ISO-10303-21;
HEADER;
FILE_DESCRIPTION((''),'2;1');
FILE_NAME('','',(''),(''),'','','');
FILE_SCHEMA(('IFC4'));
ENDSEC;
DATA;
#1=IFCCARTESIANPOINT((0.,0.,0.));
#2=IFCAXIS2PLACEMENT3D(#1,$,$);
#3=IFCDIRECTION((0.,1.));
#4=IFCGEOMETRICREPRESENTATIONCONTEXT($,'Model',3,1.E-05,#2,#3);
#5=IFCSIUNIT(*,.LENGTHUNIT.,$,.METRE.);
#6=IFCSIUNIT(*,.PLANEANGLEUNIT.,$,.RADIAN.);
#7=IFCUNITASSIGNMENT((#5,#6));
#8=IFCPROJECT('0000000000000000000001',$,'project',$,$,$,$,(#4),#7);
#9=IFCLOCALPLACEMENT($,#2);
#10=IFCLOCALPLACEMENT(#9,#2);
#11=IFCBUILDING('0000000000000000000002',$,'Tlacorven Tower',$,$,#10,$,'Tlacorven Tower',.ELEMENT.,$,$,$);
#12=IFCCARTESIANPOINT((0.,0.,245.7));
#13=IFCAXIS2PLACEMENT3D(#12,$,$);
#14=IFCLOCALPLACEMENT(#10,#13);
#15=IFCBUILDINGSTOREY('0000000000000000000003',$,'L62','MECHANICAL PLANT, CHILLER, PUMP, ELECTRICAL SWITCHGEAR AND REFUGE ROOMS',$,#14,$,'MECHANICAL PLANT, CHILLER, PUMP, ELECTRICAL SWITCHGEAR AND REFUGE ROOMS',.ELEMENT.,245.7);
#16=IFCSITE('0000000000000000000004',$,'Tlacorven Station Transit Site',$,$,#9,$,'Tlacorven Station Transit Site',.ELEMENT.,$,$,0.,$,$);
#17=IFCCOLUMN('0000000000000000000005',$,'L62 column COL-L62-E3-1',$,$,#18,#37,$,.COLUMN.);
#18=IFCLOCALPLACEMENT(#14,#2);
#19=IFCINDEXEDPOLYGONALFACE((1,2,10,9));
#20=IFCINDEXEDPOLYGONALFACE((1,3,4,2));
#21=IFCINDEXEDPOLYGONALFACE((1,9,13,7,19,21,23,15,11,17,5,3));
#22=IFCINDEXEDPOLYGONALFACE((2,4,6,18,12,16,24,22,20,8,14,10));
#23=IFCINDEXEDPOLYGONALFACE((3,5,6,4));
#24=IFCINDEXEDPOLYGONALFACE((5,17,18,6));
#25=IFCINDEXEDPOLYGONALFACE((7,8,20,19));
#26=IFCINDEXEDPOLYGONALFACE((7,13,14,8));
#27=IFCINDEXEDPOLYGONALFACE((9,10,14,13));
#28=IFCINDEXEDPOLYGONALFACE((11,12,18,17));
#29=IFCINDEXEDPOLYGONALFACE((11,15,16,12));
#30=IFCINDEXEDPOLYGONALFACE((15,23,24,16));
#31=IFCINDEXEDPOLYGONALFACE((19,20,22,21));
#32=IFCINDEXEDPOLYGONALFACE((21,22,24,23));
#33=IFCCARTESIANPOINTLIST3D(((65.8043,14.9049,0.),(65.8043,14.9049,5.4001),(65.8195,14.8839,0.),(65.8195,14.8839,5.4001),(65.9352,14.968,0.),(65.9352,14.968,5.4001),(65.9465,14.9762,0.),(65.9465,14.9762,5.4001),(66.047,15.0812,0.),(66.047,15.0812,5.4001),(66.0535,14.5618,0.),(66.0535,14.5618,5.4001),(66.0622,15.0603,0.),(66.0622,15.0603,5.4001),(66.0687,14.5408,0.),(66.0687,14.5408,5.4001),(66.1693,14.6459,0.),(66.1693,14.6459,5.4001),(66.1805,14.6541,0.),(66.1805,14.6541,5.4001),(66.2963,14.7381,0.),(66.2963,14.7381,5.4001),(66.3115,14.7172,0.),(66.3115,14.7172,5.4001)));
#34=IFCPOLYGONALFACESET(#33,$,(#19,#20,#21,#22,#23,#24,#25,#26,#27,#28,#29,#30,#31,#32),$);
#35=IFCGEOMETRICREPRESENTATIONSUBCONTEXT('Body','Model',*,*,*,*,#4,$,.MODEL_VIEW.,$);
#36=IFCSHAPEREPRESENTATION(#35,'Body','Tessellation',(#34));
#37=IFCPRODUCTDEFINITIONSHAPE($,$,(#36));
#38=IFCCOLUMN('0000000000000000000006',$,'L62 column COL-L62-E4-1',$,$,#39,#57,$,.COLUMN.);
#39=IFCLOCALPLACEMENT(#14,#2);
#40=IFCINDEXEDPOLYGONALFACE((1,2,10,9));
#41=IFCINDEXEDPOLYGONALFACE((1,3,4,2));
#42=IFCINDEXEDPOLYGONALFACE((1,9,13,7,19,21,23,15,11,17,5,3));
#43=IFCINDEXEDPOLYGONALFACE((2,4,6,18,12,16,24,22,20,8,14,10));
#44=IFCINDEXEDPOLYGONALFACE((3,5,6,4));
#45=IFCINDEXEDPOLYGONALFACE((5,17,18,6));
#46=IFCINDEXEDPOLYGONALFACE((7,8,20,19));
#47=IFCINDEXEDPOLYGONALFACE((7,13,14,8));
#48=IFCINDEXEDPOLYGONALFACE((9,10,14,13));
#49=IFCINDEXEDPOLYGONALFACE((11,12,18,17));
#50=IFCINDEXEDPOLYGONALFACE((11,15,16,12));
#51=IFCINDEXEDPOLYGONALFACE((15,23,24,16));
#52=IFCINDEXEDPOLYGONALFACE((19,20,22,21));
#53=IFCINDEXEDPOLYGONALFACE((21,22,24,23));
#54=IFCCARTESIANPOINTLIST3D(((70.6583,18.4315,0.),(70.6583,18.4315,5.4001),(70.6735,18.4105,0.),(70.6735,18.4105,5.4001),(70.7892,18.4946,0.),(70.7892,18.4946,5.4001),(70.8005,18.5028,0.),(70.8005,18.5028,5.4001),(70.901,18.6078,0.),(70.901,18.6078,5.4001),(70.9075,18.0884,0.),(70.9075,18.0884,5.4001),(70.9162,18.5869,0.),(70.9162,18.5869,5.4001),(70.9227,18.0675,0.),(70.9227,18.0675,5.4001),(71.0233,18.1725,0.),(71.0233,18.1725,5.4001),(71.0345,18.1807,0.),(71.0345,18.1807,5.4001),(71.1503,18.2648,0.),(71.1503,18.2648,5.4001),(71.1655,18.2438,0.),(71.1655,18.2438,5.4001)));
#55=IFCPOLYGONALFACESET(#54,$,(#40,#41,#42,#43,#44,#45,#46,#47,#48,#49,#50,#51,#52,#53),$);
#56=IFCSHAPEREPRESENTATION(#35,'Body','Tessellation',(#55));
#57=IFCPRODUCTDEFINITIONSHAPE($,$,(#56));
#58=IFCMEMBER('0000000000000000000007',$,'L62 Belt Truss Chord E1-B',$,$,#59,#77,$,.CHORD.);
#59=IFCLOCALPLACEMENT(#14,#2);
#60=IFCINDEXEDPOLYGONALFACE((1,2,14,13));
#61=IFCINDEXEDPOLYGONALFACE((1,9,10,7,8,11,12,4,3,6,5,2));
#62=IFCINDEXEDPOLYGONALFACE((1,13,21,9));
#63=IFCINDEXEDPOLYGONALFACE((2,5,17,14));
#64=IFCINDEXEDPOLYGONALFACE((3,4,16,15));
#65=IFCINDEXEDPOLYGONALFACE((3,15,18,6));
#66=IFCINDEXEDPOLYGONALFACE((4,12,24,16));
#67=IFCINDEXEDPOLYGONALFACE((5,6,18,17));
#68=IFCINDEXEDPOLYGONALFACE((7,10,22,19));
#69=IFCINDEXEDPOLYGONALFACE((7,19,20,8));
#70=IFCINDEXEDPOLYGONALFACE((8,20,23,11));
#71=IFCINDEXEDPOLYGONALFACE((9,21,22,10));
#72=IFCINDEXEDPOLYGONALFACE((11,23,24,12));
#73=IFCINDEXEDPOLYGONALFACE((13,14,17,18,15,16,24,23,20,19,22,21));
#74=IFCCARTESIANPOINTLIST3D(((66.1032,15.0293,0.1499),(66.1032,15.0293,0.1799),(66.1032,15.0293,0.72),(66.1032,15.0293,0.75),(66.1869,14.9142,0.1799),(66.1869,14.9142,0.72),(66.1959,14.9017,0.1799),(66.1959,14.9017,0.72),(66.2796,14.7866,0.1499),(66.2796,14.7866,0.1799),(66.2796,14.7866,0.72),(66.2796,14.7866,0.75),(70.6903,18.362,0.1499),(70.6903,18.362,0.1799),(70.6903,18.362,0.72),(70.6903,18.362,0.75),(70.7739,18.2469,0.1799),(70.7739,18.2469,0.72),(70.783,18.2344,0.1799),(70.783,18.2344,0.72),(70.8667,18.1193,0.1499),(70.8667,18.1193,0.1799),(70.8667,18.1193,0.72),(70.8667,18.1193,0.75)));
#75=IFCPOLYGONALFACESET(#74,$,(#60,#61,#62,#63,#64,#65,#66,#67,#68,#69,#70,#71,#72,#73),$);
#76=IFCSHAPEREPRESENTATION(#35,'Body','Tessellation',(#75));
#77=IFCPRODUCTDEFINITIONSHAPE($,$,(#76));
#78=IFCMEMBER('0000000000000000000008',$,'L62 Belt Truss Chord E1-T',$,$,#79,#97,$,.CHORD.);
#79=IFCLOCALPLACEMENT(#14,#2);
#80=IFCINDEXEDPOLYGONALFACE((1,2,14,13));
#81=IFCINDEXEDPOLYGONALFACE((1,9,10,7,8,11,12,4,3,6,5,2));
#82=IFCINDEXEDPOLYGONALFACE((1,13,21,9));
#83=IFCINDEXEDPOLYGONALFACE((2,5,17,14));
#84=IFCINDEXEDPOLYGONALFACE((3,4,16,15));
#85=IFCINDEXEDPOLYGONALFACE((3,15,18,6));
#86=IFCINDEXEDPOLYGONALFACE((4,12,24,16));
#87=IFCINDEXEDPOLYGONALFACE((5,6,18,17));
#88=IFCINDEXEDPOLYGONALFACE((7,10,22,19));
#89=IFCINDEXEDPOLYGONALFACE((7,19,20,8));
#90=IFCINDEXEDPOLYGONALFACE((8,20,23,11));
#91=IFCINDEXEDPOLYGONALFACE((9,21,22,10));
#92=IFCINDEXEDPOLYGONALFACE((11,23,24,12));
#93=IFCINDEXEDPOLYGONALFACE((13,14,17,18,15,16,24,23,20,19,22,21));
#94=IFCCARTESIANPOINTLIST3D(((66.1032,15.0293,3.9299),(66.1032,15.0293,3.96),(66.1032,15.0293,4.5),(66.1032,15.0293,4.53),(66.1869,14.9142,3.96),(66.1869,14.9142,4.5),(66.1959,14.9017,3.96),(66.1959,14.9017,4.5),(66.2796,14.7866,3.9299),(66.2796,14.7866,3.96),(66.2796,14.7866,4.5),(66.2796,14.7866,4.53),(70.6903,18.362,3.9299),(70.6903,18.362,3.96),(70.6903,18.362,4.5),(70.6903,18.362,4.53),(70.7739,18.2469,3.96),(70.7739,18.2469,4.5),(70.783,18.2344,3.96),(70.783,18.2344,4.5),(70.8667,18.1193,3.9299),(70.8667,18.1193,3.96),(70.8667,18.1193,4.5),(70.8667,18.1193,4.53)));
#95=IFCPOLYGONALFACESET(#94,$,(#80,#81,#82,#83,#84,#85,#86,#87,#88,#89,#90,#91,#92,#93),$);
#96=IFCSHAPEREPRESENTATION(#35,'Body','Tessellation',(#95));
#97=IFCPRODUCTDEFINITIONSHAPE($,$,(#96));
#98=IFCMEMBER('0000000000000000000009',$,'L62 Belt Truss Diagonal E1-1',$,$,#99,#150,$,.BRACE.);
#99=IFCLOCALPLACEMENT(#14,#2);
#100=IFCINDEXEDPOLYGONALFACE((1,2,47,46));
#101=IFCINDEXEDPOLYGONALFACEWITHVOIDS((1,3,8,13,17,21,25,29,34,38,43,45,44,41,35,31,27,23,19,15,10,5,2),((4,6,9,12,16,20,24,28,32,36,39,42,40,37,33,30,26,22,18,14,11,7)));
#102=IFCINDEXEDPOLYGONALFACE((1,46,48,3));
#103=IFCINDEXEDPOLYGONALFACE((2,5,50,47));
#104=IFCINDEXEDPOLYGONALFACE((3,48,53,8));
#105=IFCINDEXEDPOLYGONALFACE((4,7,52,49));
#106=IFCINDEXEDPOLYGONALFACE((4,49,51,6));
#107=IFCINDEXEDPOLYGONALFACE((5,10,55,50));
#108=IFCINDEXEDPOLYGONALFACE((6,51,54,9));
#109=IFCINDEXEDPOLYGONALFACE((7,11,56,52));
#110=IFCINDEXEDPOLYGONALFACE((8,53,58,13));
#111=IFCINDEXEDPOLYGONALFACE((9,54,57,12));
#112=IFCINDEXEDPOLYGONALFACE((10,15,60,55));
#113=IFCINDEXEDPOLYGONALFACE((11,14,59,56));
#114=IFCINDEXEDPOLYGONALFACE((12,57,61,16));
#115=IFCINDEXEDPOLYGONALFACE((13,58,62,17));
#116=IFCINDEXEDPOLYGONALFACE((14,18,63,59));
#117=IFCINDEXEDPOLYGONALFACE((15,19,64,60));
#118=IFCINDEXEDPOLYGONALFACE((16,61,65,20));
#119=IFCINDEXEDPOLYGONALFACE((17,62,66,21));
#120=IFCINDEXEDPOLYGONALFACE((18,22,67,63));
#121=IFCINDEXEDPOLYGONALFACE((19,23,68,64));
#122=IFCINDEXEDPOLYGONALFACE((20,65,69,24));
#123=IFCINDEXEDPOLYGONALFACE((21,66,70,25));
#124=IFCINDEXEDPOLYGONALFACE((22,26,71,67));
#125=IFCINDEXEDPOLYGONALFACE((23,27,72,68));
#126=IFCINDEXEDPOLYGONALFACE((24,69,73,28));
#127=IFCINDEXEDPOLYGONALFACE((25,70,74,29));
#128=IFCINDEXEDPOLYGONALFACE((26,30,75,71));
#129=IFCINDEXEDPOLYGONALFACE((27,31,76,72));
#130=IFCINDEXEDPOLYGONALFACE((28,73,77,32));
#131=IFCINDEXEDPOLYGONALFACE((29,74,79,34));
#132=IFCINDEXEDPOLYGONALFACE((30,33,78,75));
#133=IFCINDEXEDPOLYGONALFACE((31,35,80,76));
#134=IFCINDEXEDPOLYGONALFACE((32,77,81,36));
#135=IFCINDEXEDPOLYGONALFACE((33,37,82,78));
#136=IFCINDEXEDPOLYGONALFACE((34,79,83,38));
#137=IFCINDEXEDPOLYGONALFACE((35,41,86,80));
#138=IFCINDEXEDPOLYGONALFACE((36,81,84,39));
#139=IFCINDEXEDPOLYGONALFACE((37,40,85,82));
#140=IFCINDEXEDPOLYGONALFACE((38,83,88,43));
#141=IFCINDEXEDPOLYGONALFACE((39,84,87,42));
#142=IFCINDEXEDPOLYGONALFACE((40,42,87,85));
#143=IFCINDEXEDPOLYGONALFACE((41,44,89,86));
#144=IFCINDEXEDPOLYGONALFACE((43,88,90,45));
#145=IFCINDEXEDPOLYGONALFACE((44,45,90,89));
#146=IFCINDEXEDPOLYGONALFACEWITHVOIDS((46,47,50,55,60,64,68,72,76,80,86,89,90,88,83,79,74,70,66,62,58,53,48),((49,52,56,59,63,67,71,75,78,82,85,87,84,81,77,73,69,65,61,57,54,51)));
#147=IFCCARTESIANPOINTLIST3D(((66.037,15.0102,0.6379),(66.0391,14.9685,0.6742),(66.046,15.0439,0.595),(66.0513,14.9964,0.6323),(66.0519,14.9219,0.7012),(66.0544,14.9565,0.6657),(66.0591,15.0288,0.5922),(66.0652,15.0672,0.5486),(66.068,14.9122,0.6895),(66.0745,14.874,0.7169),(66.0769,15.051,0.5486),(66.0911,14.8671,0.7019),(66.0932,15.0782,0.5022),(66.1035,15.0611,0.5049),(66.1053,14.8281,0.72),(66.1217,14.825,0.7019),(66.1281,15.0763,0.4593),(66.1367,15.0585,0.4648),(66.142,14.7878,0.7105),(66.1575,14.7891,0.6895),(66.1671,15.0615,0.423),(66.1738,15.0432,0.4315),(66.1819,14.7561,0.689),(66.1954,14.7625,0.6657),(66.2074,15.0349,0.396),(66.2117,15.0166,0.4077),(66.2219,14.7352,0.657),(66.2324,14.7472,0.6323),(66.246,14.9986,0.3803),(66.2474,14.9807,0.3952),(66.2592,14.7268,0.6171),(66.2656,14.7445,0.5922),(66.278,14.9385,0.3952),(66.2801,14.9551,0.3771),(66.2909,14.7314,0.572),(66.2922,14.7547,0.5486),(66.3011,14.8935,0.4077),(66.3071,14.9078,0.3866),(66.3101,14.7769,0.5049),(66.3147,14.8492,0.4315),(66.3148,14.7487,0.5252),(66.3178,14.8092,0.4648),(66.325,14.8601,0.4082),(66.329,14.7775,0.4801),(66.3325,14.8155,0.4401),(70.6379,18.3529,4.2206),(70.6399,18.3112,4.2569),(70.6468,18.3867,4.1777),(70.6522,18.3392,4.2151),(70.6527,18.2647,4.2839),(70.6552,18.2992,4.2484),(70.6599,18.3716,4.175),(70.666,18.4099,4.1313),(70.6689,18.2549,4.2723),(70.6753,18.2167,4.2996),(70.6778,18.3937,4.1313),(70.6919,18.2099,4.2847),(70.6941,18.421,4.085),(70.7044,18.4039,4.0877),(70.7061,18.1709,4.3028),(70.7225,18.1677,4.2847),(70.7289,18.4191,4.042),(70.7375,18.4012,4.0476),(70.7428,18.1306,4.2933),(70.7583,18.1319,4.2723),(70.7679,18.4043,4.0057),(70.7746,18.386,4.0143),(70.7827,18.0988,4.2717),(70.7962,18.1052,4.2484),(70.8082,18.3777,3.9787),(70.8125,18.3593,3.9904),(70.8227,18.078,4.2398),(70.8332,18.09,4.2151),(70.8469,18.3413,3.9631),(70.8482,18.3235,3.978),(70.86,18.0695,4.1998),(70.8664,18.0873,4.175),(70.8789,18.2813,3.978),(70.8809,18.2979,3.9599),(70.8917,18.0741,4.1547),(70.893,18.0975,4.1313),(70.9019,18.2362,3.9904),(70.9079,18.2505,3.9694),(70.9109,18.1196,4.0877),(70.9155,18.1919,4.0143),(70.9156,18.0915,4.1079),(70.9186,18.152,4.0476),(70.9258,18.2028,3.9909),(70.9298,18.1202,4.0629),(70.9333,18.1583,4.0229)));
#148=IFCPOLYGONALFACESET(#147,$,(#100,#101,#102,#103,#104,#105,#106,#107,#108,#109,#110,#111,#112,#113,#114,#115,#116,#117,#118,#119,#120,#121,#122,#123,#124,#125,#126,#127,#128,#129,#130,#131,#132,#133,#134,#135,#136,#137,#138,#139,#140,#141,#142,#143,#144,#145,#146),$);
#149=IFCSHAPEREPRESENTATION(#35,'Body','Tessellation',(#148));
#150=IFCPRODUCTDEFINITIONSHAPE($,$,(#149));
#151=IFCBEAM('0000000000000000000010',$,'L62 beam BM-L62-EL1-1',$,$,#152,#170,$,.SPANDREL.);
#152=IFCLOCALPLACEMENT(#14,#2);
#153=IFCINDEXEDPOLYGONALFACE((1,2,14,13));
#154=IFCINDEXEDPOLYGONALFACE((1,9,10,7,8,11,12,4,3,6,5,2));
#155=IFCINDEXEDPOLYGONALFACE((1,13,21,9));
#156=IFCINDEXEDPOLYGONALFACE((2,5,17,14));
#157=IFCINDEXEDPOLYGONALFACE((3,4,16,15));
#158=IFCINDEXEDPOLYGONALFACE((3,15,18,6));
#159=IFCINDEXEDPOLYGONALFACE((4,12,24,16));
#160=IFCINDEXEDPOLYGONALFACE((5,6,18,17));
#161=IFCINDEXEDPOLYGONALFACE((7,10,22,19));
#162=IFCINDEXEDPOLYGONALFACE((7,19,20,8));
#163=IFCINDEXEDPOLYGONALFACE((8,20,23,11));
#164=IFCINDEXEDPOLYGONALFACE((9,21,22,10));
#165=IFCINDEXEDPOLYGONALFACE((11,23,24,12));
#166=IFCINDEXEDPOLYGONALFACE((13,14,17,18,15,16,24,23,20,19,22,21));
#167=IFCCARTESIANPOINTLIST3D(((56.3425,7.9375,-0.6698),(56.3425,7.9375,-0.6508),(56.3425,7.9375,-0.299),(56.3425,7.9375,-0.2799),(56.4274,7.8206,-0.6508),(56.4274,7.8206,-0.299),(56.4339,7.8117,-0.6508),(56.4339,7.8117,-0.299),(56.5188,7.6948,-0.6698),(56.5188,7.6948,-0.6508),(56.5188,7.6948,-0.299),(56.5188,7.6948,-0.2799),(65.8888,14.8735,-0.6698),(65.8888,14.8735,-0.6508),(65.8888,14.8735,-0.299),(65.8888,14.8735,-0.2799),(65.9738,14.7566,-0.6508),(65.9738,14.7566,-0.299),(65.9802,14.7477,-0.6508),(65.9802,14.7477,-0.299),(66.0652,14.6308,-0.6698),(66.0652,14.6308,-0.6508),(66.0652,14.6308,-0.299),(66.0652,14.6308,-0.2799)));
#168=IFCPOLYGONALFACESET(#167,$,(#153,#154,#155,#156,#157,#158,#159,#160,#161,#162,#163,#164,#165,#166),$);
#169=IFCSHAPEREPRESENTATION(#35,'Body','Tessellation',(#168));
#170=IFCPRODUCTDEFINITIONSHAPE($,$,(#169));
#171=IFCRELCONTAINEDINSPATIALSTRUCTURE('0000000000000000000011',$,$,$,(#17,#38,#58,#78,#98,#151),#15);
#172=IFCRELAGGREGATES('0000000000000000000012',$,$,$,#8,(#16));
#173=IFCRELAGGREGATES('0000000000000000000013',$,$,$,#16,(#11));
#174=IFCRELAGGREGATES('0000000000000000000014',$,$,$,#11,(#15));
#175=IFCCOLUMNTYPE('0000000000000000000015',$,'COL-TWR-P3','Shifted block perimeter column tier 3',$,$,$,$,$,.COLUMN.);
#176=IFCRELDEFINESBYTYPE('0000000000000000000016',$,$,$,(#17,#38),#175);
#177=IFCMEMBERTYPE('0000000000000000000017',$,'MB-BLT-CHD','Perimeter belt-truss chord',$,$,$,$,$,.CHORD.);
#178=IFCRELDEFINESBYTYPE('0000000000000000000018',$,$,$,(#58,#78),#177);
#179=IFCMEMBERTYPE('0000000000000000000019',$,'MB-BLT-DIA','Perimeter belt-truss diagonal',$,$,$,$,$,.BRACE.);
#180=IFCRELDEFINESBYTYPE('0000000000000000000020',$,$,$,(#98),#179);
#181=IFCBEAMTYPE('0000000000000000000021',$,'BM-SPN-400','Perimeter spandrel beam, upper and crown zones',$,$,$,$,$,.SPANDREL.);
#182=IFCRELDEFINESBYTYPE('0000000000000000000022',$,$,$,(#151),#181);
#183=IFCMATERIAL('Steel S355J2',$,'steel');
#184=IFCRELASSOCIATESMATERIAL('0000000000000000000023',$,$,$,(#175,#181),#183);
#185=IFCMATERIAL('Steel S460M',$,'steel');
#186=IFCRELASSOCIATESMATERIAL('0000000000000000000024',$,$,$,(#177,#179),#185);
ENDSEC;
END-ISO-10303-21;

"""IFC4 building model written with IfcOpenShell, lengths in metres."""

from ifc_helpers import new_model, si_unit, direction, frame, origin, origin_2d, place, context, subcontext, project, spatial, hollow_circle, i_section, extrude, source, transform, mapped, material, material_profile, profile_set, type_object, element, save


model = new_model("IFC4")

# Units and contexts
model_context = context("Model", 3, precision=1e-05, world=origin(), true_north=direction((0.0, 1.0)))
body_context = subcontext(model_context, "Body", "Model", "MODEL_VIEW")
ifc_project = project(units=[si_unit("LENGTHUNIT", "METRE"), si_unit("PLANEANGLEUNIT", "RADIAN")], contexts=[model_context])

# Site, building, storey
site_placement = place(None, origin())
site = spatial("IfcSite", under=ifc_project, at=site_placement, Name="Tlacorven Station Transit Site", LongName="Tlacorven Station Transit Site", CompositionType="ELEMENT", RefElevation=0.0)
building_placement = place(site_placement, origin())
building = spatial("IfcBuilding", under=site, at=building_placement, Name="Tlacorven Tower", LongName="Tlacorven Tower", CompositionType="ELEMENT")
storey_placement = place(building_placement, frame((0.0, 0.0, 245.7)))
storey = spatial("IfcBuildingStorey", under=building, at=storey_placement, Name="L62", Description="MECHANICAL PLANT, CHILLER, PUMP, ELECTRICAL SWITCHGEAR AND REFUGE ROOMS", LongName="MECHANICAL PLANT, CHILLER, PUMP, ELECTRICAL SWITCHGEAR AND REFUGE ROOMS", CompositionType="ELEMENT", Elevation=245.7)

# Columns
ifc_material_1 = material(Name="Steel S355J2", Category="steel")
ifc_material_profile_1 = material_profile(ifc_material_1, i_section(OverallWidth=0.3, OverallDepth=0.45, WebThickness=0.0139, FlangeThickness=0.0259, at=origin_2d()), Name="HEB 450")
ifc_profile_set_1 = profile_set([ifc_material_profile_1], Name="Steel S355J2")
column_type = type_object("IfcColumnType", Name="COL-TWR-P3", Description="Shifted block perimeter column tier 3", PredefinedType="COLUMN", material=ifc_profile_set_1)
shared_shape_1 = source(origin(), body_context, "Body", "SweptSolid", [
    extrude(i_section(OverallWidth=0.3, OverallDepth=0.45, WebThickness=0.0139, FlangeThickness=0.0259, at=origin_2d()), origin(), (0.0, 0.0, 1.0), 5.4001),
])
for number, where, z_axis, x_axis, name in (
    (1, (66.0579, 14.811, 0.0), (0.0, 0.0, 1.0), (0.809017, 0.587785, 0.0), "L62 column COL-L62-E3-1"),
    (2, (70.9119, 18.3376, 0.0), (0.0, 0.0, 1.0), (0.809017, 0.587785, 0.0), "L62 column COL-L62-E4-1"),
):
    element("IfcColumn", number, at=place(storey_placement, frame(where, z_axis=z_axis, x_axis=x_axis)), inside=storey, type_object=column_type, Name=name, PredefinedType="COLUMN", context=body_context, shape_type="MappedRepresentation", body=[
        mapped(shared_shape_1, transform((0.0, 0.0, 0.0), scale=1.0)),
    ])

# Members
ifc_material_2 = material(Name="Steel S460M", Category="steel")
ifc_material_profile_2 = material_profile(ifc_material_2, i_section(OverallWidth=0.3, OverallDepth=0.6001, WebThickness=0.0154, FlangeThickness=0.03, at=origin_2d()), Name="HEB 600")
ifc_profile_set_2 = profile_set([ifc_material_profile_2], Name="Steel S460M")
member_type_1 = type_object("IfcMemberType", Name="MB-BLT-CHD", Description="Perimeter belt-truss chord", PredefinedType="CHORD", material=ifc_profile_set_2)
shared_shape_2 = source(origin(), body_context, "Body", "SweptSolid", [
    extrude(i_section(OverallWidth=0.3, OverallDepth=0.6001, WebThickness=0.0154, FlangeThickness=0.03, at=origin_2d()), origin(), (0.0, 0.0, 1.0), 5.6699),
])
for number, where, z_axis, x_axis, name in (
    (3, (66.1914, 14.908, 0.45), (0.809017, 0.587785, 0.0), (-0.587785, 0.809017, 0.0), "L62 Belt Truss Chord E1-B"),
    (4, (66.1914, 14.908, 4.23), (0.809017, 0.587785, 0.0), (-0.587785, 0.809017, 0.0), "L62 Belt Truss Chord E1-T"),
):
    element("IfcMember", number, at=place(storey_placement, frame(where, z_axis=z_axis, x_axis=x_axis)), inside=storey, type_object=member_type_1, Name=name, PredefinedType="CHORD", context=body_context, shape_type="MappedRepresentation", body=[
        mapped(shared_shape_2, transform((0.0, 0.0, 0.0), scale=1.0)),
    ])
ifc_material_profile_3 = material_profile(ifc_material_2, hollow_circle(Radius=0.2031, WallThickness=0.02, at=origin_2d()), Name="CHS 406.4X20")
ifc_profile_set_3 = profile_set([ifc_material_profile_3], Name="Steel S460M")
member_type_2 = type_object("IfcMemberType", Name="MB-BLT-DIA", Description="Perimeter belt-truss diagonal", PredefinedType="BRACE", material=ifc_profile_set_3)
shared_shape_3 = source(origin(), body_context, "Body", "SweptSolid", [
    extrude(hollow_circle(Radius=0.2031, WallThickness=0.02, at=origin_2d()), origin(), (0.0, 0.0, 1.0), 6.7214),
])
member_placement = place(storey_placement, frame((66.1846, 14.9028, 0.5486), z_axis=(0.684499, 0.497329, 0.533034), x_axis=(-0.587794, 0.809011, 0.0)))
element("IfcMember", 5, at=member_placement, inside=storey, type_object=member_type_2, Name="L62 Belt Truss Diagonal E1-1", PredefinedType="BRACE", context=body_context, shape_type="MappedRepresentation", body=[
    mapped(shared_shape_3, transform((0.0, 0.0, 0.0), scale=1.0)),
])

# Beam
ifc_material_profile_4 = material_profile(ifc_material_1, i_section(OverallWidth=0.3, OverallDepth=0.3899, WebThickness=0.011, FlangeThickness=0.019, at=origin_2d()), Name="HEA 400")
ifc_profile_set_4 = profile_set([ifc_material_profile_4], Name="Steel S355J2")
beam_type_1 = type_object("IfcBeamType", Name="BM-SPN-400", Description="Perimeter spandrel beam, upper and crown zones", PredefinedType="SPANDREL", material=ifc_profile_set_4)
shared_shape_4 = source(origin(), body_context, "Body", "SweptSolid", [
    extrude(i_section(OverallWidth=0.3, OverallDepth=0.3899, WebThickness=0.011, FlangeThickness=0.019, at=origin_2d()), origin(), (0.0, 0.0, 1.0), 11.8),
])
beam_1_placement = place(storey_placement, frame((56.4307, 7.8162, -0.4749), z_axis=(0.80901, 0.587795, 0.0), x_axis=(-0.587795, 0.80901, 0.0)))
element("IfcBeam", 6, at=beam_1_placement, inside=storey, type_object=beam_type_1, Name="L62 beam BM-L62-EL1-1", PredefinedType="SPANDREL", context=body_context, shape_type="MappedRepresentation", body=[
    mapped(shared_shape_4, transform((0.0, 0.0, 0.0), scale=1.0)),
])

save(model, "model.ifc")
